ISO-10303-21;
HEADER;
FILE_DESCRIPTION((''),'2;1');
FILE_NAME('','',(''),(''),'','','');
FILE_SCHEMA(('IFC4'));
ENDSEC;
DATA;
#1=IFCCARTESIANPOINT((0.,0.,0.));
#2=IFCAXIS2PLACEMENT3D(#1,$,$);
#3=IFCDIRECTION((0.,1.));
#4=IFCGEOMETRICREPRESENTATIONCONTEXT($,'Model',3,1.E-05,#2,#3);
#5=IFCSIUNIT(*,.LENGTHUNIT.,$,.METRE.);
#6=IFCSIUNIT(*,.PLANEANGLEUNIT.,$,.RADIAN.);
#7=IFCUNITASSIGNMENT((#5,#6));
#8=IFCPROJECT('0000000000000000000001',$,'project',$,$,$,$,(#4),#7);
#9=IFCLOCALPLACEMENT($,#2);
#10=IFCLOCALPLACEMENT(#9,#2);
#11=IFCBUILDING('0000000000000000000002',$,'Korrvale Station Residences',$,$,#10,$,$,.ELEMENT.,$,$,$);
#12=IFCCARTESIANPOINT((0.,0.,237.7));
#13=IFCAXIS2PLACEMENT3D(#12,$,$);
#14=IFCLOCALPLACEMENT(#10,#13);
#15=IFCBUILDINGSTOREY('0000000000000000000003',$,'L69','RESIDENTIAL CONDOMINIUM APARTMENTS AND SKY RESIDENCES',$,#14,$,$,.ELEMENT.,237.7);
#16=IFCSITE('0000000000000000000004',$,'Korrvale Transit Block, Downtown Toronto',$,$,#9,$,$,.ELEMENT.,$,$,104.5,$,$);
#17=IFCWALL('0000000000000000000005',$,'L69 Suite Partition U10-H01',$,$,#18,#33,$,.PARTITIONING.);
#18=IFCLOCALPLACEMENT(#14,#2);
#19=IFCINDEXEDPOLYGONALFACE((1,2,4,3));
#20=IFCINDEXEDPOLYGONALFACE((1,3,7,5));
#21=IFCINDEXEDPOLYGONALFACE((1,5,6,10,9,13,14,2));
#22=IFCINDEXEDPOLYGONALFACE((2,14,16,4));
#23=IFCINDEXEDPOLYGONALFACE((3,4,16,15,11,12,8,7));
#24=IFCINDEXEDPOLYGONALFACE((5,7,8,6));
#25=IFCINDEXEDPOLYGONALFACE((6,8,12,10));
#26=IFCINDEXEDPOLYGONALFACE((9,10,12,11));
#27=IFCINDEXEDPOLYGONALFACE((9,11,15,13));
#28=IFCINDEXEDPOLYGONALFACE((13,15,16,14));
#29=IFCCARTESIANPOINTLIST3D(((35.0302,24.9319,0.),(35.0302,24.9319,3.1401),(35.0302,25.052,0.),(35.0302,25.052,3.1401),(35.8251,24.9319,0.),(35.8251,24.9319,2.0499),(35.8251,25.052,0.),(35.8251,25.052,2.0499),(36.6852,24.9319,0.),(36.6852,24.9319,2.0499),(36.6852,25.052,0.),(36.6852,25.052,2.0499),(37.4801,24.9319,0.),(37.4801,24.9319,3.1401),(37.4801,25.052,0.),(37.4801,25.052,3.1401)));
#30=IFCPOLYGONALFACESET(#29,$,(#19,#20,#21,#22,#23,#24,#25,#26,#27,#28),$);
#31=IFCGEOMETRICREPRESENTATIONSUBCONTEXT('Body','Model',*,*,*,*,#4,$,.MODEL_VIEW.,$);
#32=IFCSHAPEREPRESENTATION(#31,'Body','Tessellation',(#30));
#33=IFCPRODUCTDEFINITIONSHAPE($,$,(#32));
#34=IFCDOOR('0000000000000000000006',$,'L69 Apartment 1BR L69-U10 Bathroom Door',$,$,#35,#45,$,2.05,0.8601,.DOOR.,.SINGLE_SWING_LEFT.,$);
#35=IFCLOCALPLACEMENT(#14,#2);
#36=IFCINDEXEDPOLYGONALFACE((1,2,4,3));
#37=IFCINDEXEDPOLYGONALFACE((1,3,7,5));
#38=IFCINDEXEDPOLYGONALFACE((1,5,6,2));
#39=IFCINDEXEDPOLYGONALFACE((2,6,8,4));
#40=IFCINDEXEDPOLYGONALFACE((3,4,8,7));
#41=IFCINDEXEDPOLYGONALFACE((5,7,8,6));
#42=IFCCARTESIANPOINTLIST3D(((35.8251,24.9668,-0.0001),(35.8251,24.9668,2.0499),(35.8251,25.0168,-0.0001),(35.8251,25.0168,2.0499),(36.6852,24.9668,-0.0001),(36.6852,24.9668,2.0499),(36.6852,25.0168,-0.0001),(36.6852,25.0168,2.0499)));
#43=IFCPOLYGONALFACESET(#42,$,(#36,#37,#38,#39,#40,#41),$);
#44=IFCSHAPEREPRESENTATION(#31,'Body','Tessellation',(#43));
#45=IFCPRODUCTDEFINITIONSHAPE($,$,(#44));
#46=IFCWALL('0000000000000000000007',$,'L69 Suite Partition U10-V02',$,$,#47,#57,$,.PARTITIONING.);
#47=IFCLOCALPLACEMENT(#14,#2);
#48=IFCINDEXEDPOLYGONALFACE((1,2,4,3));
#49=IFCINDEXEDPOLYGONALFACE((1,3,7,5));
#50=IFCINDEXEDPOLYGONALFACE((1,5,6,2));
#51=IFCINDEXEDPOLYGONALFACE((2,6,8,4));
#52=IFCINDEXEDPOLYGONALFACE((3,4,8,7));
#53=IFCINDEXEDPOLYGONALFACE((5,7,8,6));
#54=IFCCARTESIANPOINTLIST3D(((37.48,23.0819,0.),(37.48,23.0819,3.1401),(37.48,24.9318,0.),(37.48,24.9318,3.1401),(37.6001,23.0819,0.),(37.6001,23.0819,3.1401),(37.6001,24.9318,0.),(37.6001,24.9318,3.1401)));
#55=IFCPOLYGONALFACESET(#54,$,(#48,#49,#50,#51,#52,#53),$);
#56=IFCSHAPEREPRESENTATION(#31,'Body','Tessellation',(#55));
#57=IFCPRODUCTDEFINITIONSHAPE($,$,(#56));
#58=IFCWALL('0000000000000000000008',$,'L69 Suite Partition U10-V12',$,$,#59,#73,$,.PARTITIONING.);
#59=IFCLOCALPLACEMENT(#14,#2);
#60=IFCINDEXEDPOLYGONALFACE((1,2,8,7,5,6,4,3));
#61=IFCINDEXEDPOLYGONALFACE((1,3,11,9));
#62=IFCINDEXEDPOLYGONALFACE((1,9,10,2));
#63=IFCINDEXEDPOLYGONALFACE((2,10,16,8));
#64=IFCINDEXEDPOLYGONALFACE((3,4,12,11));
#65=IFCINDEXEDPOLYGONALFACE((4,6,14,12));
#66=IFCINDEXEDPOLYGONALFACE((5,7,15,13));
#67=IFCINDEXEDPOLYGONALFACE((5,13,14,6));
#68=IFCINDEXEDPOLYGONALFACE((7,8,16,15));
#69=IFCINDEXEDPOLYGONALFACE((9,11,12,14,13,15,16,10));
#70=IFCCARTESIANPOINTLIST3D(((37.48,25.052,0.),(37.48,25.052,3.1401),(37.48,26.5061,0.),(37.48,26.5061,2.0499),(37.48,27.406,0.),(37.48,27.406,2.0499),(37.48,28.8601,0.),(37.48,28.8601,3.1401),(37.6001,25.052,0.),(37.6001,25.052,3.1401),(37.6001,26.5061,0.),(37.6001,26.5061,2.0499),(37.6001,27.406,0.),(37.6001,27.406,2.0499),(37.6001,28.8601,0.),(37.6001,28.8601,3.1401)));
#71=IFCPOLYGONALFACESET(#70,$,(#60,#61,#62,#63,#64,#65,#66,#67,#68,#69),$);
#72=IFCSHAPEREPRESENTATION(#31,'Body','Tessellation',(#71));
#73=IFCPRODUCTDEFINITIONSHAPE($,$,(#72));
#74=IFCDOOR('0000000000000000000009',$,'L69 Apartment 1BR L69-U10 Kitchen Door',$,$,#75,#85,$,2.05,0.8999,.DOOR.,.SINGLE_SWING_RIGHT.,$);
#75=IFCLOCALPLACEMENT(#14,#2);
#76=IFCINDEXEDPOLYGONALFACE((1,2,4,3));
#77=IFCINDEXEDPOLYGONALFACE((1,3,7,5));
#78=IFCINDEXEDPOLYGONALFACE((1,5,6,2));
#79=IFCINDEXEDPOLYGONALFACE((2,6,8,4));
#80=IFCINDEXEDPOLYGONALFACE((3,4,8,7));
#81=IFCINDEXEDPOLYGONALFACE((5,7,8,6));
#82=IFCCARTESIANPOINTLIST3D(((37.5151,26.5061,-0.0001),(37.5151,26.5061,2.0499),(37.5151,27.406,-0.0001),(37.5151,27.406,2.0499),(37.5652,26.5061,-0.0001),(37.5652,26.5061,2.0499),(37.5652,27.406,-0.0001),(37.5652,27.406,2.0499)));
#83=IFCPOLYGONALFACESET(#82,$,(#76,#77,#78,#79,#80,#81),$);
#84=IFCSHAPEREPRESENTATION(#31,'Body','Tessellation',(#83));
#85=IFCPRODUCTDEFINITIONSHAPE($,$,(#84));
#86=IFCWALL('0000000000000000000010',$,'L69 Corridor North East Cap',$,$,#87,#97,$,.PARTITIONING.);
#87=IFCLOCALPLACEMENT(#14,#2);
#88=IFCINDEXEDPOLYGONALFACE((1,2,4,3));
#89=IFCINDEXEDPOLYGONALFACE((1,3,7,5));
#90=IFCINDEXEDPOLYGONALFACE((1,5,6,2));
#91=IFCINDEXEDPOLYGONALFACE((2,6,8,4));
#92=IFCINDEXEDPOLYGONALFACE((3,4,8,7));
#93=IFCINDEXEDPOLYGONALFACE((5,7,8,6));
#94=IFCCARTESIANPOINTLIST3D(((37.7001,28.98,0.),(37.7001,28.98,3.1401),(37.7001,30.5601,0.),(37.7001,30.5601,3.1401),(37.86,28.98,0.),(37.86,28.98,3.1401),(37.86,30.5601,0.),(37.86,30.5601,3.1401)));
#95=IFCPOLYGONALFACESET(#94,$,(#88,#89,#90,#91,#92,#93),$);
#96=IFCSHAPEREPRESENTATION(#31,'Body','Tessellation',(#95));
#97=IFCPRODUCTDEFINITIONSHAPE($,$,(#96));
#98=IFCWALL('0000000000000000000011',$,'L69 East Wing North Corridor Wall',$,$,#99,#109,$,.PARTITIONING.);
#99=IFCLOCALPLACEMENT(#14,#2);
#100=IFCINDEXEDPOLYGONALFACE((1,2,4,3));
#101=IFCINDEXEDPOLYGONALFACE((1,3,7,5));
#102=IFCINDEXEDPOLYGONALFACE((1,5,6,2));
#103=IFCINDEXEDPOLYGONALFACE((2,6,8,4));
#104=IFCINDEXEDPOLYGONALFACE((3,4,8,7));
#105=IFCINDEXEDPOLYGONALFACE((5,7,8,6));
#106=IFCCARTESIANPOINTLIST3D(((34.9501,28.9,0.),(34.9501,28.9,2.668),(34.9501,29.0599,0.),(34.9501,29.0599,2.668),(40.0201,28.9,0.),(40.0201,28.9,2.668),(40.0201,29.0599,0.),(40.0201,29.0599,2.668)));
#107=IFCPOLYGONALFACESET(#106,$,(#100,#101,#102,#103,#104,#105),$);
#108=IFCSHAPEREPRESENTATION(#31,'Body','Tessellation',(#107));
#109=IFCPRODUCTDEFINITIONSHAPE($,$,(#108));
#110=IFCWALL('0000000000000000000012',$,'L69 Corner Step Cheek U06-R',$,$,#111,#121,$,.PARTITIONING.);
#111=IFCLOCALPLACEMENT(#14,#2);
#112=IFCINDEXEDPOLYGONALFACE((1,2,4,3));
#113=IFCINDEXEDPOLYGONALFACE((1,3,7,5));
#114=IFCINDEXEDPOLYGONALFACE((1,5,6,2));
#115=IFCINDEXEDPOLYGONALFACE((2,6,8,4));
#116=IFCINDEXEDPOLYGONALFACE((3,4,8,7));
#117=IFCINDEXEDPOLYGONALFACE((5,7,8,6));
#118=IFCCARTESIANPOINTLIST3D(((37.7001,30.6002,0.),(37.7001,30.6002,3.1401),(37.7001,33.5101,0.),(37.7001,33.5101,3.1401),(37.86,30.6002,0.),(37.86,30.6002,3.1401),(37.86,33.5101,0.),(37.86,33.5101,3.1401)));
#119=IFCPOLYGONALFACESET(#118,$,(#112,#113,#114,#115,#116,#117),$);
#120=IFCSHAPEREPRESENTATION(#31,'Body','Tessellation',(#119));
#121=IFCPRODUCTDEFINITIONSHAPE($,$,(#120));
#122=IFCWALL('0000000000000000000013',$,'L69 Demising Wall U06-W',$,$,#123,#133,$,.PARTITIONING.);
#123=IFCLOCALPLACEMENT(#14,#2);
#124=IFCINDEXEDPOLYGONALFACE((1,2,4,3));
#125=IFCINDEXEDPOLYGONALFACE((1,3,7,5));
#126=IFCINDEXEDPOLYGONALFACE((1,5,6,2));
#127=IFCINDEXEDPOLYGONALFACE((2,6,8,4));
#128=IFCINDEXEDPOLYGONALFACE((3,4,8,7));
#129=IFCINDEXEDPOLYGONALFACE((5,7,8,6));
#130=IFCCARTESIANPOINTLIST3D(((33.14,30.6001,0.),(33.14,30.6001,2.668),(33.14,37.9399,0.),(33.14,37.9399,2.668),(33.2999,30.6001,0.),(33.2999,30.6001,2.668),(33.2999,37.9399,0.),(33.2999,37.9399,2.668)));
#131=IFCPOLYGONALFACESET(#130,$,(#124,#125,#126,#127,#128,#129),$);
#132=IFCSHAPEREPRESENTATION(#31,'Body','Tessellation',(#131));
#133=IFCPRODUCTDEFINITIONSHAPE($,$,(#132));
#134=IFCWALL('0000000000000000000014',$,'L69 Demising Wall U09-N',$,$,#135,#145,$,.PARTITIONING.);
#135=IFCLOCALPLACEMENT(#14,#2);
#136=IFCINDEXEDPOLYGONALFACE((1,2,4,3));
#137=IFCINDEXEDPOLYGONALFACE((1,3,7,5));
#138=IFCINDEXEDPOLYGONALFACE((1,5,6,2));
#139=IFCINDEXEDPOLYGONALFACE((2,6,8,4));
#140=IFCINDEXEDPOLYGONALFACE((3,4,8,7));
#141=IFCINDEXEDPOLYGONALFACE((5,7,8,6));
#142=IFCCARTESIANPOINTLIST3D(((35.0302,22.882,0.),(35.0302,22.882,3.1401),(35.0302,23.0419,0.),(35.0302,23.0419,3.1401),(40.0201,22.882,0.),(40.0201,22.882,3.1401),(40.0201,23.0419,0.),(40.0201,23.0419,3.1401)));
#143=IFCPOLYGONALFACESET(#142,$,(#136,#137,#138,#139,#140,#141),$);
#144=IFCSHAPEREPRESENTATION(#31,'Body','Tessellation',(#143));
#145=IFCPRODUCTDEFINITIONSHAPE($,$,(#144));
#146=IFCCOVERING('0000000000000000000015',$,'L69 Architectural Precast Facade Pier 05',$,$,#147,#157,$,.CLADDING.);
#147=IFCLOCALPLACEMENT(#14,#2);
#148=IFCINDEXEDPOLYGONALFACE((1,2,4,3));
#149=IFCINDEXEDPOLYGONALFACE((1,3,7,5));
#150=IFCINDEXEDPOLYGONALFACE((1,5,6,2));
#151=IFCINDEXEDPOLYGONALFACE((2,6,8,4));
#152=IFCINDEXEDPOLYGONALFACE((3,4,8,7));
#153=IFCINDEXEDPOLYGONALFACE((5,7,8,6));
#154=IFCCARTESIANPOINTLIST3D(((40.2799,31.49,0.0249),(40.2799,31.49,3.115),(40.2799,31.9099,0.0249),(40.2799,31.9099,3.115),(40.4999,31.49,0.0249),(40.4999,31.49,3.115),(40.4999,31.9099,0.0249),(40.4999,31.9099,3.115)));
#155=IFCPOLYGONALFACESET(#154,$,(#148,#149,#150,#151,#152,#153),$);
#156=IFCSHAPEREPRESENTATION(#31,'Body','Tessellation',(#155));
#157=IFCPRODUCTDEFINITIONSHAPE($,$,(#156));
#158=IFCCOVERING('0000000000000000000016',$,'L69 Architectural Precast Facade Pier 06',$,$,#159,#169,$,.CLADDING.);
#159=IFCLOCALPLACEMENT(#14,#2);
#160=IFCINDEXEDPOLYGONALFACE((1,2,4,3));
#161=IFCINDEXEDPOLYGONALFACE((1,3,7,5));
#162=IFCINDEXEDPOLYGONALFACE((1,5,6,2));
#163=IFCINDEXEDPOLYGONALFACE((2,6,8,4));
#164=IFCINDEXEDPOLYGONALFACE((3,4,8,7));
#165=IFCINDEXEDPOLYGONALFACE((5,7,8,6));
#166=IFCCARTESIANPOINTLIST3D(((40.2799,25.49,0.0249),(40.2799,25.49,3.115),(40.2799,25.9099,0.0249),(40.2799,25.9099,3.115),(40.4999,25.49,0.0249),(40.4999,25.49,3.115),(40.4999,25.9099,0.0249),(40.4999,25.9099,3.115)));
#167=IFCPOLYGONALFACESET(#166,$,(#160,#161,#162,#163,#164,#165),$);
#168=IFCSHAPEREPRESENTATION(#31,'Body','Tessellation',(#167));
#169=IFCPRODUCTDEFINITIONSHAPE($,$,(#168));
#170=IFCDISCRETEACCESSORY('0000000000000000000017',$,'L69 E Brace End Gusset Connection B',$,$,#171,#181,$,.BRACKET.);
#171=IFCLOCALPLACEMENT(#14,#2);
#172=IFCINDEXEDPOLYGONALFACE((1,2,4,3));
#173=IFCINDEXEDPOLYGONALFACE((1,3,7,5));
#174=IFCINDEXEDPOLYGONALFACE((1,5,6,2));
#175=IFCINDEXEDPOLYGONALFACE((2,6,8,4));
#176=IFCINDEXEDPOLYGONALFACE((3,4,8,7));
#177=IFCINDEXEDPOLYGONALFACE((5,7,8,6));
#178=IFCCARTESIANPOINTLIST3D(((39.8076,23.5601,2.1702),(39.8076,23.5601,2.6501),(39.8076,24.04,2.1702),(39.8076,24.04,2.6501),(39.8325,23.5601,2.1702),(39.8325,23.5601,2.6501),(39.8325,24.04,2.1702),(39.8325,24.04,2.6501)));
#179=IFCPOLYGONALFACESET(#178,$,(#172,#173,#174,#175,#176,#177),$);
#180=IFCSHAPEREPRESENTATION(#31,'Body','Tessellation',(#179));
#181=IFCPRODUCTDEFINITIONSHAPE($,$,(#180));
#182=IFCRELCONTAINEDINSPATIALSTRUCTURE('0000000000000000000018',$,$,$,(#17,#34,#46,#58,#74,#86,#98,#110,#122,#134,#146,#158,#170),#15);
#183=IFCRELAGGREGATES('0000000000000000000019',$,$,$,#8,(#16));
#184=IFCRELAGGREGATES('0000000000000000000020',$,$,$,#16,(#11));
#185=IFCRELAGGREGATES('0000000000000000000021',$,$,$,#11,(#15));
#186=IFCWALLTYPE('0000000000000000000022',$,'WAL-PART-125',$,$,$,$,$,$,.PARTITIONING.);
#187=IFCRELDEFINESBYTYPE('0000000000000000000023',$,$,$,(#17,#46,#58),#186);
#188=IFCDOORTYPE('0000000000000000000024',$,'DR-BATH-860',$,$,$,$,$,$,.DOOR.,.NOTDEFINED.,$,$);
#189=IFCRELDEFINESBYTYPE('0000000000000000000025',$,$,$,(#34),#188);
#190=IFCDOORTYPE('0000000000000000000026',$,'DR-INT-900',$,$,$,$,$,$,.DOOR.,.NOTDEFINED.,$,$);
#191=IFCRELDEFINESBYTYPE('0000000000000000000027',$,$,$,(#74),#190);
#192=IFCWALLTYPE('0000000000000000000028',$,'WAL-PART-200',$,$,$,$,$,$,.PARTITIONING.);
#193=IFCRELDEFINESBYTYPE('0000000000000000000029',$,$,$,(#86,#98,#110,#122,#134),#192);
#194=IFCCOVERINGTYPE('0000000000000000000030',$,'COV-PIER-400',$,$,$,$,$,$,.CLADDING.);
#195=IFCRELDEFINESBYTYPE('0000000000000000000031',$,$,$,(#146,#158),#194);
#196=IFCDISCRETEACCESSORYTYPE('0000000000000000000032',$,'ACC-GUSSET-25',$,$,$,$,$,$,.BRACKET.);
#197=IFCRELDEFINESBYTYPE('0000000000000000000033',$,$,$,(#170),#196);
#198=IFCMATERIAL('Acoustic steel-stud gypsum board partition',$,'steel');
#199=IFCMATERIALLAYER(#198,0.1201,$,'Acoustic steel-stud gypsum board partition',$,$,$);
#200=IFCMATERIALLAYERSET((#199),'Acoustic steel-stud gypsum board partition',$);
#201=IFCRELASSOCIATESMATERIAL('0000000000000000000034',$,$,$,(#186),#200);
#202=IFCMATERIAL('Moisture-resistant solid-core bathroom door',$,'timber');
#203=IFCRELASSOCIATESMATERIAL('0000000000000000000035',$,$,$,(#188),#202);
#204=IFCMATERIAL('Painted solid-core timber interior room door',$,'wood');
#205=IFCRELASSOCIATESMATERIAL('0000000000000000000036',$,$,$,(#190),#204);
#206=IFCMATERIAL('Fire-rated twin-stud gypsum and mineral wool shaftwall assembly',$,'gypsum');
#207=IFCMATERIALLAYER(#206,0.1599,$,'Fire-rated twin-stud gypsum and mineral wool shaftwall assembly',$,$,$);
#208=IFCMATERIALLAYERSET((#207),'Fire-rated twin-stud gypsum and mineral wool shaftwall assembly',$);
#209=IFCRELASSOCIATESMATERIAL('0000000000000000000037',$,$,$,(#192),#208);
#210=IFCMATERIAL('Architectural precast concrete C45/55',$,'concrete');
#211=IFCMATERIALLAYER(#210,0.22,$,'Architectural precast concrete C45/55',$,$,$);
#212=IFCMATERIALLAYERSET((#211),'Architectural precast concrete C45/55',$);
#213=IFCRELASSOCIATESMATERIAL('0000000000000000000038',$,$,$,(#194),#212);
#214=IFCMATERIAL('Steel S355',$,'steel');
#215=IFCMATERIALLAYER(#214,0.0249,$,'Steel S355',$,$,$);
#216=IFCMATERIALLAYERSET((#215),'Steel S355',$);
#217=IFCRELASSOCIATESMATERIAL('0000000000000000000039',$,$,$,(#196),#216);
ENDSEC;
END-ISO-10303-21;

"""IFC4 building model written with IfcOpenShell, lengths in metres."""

from ifc_helpers import new_model, si_unit, direction, frame, frame_2d, origin, origin_2d, place, context, subcontext, project, spatial, rectangle, extrude, material, layer, layer_set, type_object, element, fill, save


model = new_model("IFC4")

# Units and contexts
model_context = context("Model", 3, precision=1e-05, world=origin(), true_north=direction((0.0, 1.0)))
body_context = subcontext(model_context, "Body", "Model", "MODEL_VIEW")
ifc_project = project(units=[si_unit("LENGTHUNIT", "METRE"), si_unit("PLANEANGLEUNIT", "RADIAN")], contexts=[model_context])

# Site, building, storey
site_placement = place(None, origin())
site = spatial("IfcSite", under=ifc_project, at=site_placement, Name="Korrvale Transit Block, Downtown Toronto", CompositionType="ELEMENT", RefElevation=104.5)
building_placement = place(site_placement, origin())
building = spatial("IfcBuilding", under=site, at=building_placement, Name="Korrvale Station Residences", CompositionType="ELEMENT")
storey_placement = place(building_placement, frame((0.0, 0.0, 237.7)))
storey = spatial("IfcBuildingStorey", under=building, at=storey_placement, Name="L69", Description="RESIDENTIAL CONDOMINIUM APARTMENTS AND SKY RESIDENCES", CompositionType="ELEMENT", Elevation=237.7)

# Shared definitions
ifc_material_1 = material(Name="Steel S355", Category="steel")

# Wall, opening, door
ifc_material_2 = material(Name="Acoustic steel-stud gypsum board partition", Category="steel")
ifc_layer_1 = layer(ifc_material_2, 0.1201, Name="Acoustic steel-stud gypsum board partition")
ifc_layer_set_1 = layer_set([ifc_layer_1], Name="Acoustic steel-stud gypsum board partition")
wall_type_1 = type_object("IfcWallType", Name="WAL-PART-125", PredefinedType="PARTITIONING", material=ifc_layer_set_1)
ifc_material_3 = material(Name="Moisture-resistant solid-core bathroom door", Category="timber")
door_type_1 = type_object("IfcDoorType", Name="DR-BATH-860", OperationType="NOTDEFINED", PredefinedType="DOOR", material=ifc_material_3)
wall_1_placement = place(storey_placement, frame((35.03, 24.9919, 0.0), z_axis=(0.0, 0.0, 1.0), x_axis=(1.0, 0.0, 0.0)))
wall_1 = element("IfcWall", 1, at=wall_1_placement, inside=storey, type_object=wall_type_1, Name="L69 Suite Partition U10-H01", PredefinedType="PARTITIONING", context=body_context, shape_type="SweptSolid", body=[
    extrude(rectangle(XDim=2.45, YDim=0.1201, at=frame_2d((1.2251, 0.0))), origin(), (0.0, 0.0, 1.0), 3.1401),
])
opening_1_placement = place(wall_1_placement, frame((0.7949, 0.0, 0.0)))
opening_1 = element("IfcOpeningElement", 2, at=opening_1_placement, cuts=wall_1, PredefinedType="OPENING", context=body_context, shape_type="SweptSolid", body=[
    extrude(rectangle(XDim=0.8601, YDim=2.05, at=frame_2d((0.4302, 1.0249))), frame((0.0, 0.0701, 0.0), z_axis=(0.0, -1.0, 0.0), x_axis=(1.0, 0.0, 0.0)), (0.0, 0.0, 1.0), 0.1401),
])
door_1_placement = place(opening_1_placement, origin())
door_1 = element("IfcDoor", 3, at=door_1_placement, inside=storey, type_object=door_type_1, Name="L69 Apartment 1BR L69-U10 Bathroom Door", OperationType="SINGLE_SWING_LEFT", OverallHeight=2.05, OverallWidth=0.8601, PredefinedType="DOOR", context=body_context, shape_type="SweptSolid", body=[
    extrude(rectangle(XDim=0.8601, YDim=2.05, at=frame_2d((0.4302, 1.0249))), frame((0.0, 0.0249, 0.0), z_axis=(0.0, -1.0, 0.0), x_axis=(1.0, 0.0, 0.0)), (0.0, 0.0, 1.0), 0.05),
])
fill(opening_1, door_1)

# Wall
wall_2_placement = place(storey_placement, frame((37.54, 23.082, 0.0), z_axis=(0.0, 0.0, 1.0), x_axis=(0.0, 1.0, 0.0)))
element("IfcWall", 4, at=wall_2_placement, inside=storey, type_object=wall_type_1, Name="L69 Suite Partition U10-V02", PredefinedType="PARTITIONING", context=body_context, shape_type="SweptSolid", body=[
    extrude(rectangle(XDim=1.8499, YDim=0.1201, at=frame_2d((0.9248, 0.0))), origin(), (0.0, 0.0, 1.0), 3.1401),
])

# Wall, opening, door
wall_3_placement = place(storey_placement, frame((37.54, 25.052, 0.0), z_axis=(0.0, 0.0, 1.0), x_axis=(0.0, 1.0, 0.0)))
wall_3 = element("IfcWall", 5, at=wall_3_placement, inside=storey, type_object=wall_type_1, Name="L69 Suite Partition U10-V12", PredefinedType="PARTITIONING", context=body_context, shape_type="SweptSolid", body=[
    extrude(rectangle(XDim=3.8081, YDim=0.1201, at=frame_2d((1.9041, 0.0))), origin(), (0.0, 0.0, 1.0), 3.1401),
])
opening_2_placement = place(wall_3_placement, frame((1.4541, 0.0, 0.0)))
opening_2 = element("IfcOpeningElement", 6, at=opening_2_placement, cuts=wall_3, PredefinedType="OPENING", context=body_context, shape_type="SweptSolid", body=[
    extrude(rectangle(XDim=0.8999, YDim=2.05, at=frame_2d((0.45, 1.0249))), frame((0.0, 0.0701, 0.0), z_axis=(0.0, -1.0, 0.0), x_axis=(1.0, 0.0, 0.0)), (0.0, 0.0, 1.0), 0.1401),
])
ifc_material_4 = material(Name="Painted solid-core timber interior room door", Category="wood")
door_type_2 = type_object("IfcDoorType", Name="DR-INT-900", OperationType="NOTDEFINED", PredefinedType="DOOR", material=ifc_material_4)
door_2_placement = place(opening_2_placement, origin())
door_2 = element("IfcDoor", 7, at=door_2_placement, inside=storey, type_object=door_type_2, Name="L69 Apartment 1BR L69-U10 Kitchen Door", OperationType="SINGLE_SWING_RIGHT", OverallHeight=2.05, OverallWidth=0.8999, PredefinedType="DOOR", context=body_context, shape_type="SweptSolid", body=[
    extrude(rectangle(XDim=0.8999, YDim=2.05, at=frame_2d((0.45, 1.0249))), frame((0.0, 0.0249, 0.0), z_axis=(0.0, -1.0, 0.0), x_axis=(1.0, 0.0, 0.0)), (0.0, 0.0, 1.0), 0.05),
])
fill(opening_2, door_2)

# Walls
ifc_material_5 = material(Name="Fire-rated twin-stud gypsum and mineral wool shaftwall assembly", Category="gypsum")
ifc_layer_2 = layer(ifc_material_5, 0.1599, Name="Fire-rated twin-stud gypsum and mineral wool shaftwall assembly")
ifc_layer_set_2 = layer_set([ifc_layer_2], Name="Fire-rated twin-stud gypsum and mineral wool shaftwall assembly")
wall_type_2 = type_object("IfcWallType", Name="WAL-PART-200", PredefinedType="PARTITIONING", material=ifc_layer_set_2)
wall_4_placement = place(storey_placement, frame((37.78, 28.98, 0.0), z_axis=(0.0, 0.0, 1.0), x_axis=(0.0, 1.0, 0.0)))
element("IfcWall", 8, at=wall_4_placement, inside=storey, type_object=wall_type_2, Name="L69 Corridor North East Cap", PredefinedType="PARTITIONING", context=body_context, shape_type="SweptSolid", body=[
    extrude(rectangle(XDim=1.5801, YDim=0.1599, at=frame_2d((0.79, 0.0))), origin(), (0.0, 0.0, 1.0), 3.1401),
])
wall_5_placement = place(storey_placement, frame((34.95, 28.98, 0.0), z_axis=(0.0, 0.0, 1.0), x_axis=(1.0, 0.0, 0.0)))
element("IfcWall", 9, at=wall_5_placement, inside=storey, type_object=wall_type_2, Name="L69 East Wing North Corridor Wall", PredefinedType="PARTITIONING", context=body_context, shape_type="SweptSolid", body=[
    extrude(rectangle(XDim=5.0701, YDim=0.1599, at=frame_2d((2.5352, 0.0))), origin(), (0.0, 0.0, 1.0), 2.668),
])
wall_6_placement = place(storey_placement, frame((37.78, 30.6001, 0.0), z_axis=(0.0, 0.0, 1.0), x_axis=(0.0, 1.0, 0.0)))
element("IfcWall", 10, at=wall_6_placement, inside=storey, type_object=wall_type_2, Name="L69 Corner Step Cheek U06-R", PredefinedType="PARTITIONING", context=body_context, shape_type="SweptSolid", body=[
    extrude(rectangle(XDim=2.9099, YDim=0.1599, at=frame_2d((1.4551, 0.0))), origin(), (0.0, 0.0, 1.0), 3.1401),
])
wall_7_placement = place(storey_placement, frame((33.22, 30.6001, 0.0), z_axis=(0.0, 0.0, 1.0), x_axis=(0.0, 1.0, 0.0)))
element("IfcWall", 11, at=wall_7_placement, inside=storey, type_object=wall_type_2, Name="L69 Demising Wall U06-W", PredefinedType="PARTITIONING", context=body_context, shape_type="SweptSolid", body=[
    extrude(rectangle(XDim=7.3398, YDim=0.1599, at=frame_2d((3.6699, 0.0))), origin(), (0.0, 0.0, 1.0), 2.668),
])
wall_8_placement = place(storey_placement, frame((35.03, 22.9619, 0.0), z_axis=(0.0, 0.0, 1.0), x_axis=(1.0, 0.0, 0.0)))
element("IfcWall", 12, at=wall_8_placement, inside=storey, type_object=wall_type_2, Name="L69 Demising Wall U09-N", PredefinedType="PARTITIONING", context=body_context, shape_type="SweptSolid", body=[
    extrude(rectangle(XDim=4.99, YDim=0.1599, at=frame_2d((2.4951, 0.0))), origin(), (0.0, 0.0, 1.0), 3.1401),
])

# Coverings
ifc_material_6 = material(Name="Architectural precast concrete C45/55", Category="concrete")
ifc_layer_3 = layer(ifc_material_6, 0.22, Name="Architectural precast concrete C45/55")
ifc_layer_set_3 = layer_set([ifc_layer_3], Name="Architectural precast concrete C45/55")
covering_type = type_object("IfcCoveringType", Name="COV-PIER-400", PredefinedType="CLADDING", material=ifc_layer_set_3)
for number, where, z_axis, x_axis, name in (
    (13, (40.3899, 31.7, 0.0249), (0.0, 0.0, 1.0), (0.0, 1.0, 0.0), "L69 Architectural Precast Facade Pier 05"),
    (14, (40.3899, 25.7, 0.0249), (0.0, 0.0, 1.0), (0.0, 1.0, 0.0), "L69 Architectural Precast Facade Pier 06"),
):
    element("IfcCovering", number, at=place(storey_placement, frame(where, z_axis=z_axis, x_axis=x_axis)), inside=storey, type_object=covering_type, Name=name, PredefinedType="CLADDING", context=body_context, shape_type="SweptSolid", body=[
        extrude(rectangle(XDim=0.4199, YDim=0.22, at=origin_2d()), origin(), (0.0, 0.0, 1.0), 3.0901),
    ])

# Discrete accessory
ifc_layer_4 = layer(ifc_material_1, 0.0249, Name="Steel S355")
ifc_layer_set_4 = layer_set([ifc_layer_4], Name="Steel S355")
discrete_accessory_type = type_object("IfcDiscreteAccessoryType", Name="ACC-GUSSET-25", PredefinedType="BRACKET", material=ifc_layer_set_4)
discrete_accessory_placement = place(storey_placement, frame((39.8201, 23.8, 2.1702), z_axis=(0.0, 0.0, 1.0), x_axis=(0.0, 1.0, 0.0)))
element("IfcDiscreteAccessory", 15, at=discrete_accessory_placement, inside=storey, type_object=discrete_accessory_type, Name="L69 E Brace End Gusset Connection B", PredefinedType="BRACKET", context=body_context, shape_type="SweptSolid", body=[
    extrude(rectangle(XDim=0.48, YDim=0.0249, at=origin_2d()), origin(), (0.0, 0.0, 1.0), 0.48),
])

save(model, "model.ifc")
